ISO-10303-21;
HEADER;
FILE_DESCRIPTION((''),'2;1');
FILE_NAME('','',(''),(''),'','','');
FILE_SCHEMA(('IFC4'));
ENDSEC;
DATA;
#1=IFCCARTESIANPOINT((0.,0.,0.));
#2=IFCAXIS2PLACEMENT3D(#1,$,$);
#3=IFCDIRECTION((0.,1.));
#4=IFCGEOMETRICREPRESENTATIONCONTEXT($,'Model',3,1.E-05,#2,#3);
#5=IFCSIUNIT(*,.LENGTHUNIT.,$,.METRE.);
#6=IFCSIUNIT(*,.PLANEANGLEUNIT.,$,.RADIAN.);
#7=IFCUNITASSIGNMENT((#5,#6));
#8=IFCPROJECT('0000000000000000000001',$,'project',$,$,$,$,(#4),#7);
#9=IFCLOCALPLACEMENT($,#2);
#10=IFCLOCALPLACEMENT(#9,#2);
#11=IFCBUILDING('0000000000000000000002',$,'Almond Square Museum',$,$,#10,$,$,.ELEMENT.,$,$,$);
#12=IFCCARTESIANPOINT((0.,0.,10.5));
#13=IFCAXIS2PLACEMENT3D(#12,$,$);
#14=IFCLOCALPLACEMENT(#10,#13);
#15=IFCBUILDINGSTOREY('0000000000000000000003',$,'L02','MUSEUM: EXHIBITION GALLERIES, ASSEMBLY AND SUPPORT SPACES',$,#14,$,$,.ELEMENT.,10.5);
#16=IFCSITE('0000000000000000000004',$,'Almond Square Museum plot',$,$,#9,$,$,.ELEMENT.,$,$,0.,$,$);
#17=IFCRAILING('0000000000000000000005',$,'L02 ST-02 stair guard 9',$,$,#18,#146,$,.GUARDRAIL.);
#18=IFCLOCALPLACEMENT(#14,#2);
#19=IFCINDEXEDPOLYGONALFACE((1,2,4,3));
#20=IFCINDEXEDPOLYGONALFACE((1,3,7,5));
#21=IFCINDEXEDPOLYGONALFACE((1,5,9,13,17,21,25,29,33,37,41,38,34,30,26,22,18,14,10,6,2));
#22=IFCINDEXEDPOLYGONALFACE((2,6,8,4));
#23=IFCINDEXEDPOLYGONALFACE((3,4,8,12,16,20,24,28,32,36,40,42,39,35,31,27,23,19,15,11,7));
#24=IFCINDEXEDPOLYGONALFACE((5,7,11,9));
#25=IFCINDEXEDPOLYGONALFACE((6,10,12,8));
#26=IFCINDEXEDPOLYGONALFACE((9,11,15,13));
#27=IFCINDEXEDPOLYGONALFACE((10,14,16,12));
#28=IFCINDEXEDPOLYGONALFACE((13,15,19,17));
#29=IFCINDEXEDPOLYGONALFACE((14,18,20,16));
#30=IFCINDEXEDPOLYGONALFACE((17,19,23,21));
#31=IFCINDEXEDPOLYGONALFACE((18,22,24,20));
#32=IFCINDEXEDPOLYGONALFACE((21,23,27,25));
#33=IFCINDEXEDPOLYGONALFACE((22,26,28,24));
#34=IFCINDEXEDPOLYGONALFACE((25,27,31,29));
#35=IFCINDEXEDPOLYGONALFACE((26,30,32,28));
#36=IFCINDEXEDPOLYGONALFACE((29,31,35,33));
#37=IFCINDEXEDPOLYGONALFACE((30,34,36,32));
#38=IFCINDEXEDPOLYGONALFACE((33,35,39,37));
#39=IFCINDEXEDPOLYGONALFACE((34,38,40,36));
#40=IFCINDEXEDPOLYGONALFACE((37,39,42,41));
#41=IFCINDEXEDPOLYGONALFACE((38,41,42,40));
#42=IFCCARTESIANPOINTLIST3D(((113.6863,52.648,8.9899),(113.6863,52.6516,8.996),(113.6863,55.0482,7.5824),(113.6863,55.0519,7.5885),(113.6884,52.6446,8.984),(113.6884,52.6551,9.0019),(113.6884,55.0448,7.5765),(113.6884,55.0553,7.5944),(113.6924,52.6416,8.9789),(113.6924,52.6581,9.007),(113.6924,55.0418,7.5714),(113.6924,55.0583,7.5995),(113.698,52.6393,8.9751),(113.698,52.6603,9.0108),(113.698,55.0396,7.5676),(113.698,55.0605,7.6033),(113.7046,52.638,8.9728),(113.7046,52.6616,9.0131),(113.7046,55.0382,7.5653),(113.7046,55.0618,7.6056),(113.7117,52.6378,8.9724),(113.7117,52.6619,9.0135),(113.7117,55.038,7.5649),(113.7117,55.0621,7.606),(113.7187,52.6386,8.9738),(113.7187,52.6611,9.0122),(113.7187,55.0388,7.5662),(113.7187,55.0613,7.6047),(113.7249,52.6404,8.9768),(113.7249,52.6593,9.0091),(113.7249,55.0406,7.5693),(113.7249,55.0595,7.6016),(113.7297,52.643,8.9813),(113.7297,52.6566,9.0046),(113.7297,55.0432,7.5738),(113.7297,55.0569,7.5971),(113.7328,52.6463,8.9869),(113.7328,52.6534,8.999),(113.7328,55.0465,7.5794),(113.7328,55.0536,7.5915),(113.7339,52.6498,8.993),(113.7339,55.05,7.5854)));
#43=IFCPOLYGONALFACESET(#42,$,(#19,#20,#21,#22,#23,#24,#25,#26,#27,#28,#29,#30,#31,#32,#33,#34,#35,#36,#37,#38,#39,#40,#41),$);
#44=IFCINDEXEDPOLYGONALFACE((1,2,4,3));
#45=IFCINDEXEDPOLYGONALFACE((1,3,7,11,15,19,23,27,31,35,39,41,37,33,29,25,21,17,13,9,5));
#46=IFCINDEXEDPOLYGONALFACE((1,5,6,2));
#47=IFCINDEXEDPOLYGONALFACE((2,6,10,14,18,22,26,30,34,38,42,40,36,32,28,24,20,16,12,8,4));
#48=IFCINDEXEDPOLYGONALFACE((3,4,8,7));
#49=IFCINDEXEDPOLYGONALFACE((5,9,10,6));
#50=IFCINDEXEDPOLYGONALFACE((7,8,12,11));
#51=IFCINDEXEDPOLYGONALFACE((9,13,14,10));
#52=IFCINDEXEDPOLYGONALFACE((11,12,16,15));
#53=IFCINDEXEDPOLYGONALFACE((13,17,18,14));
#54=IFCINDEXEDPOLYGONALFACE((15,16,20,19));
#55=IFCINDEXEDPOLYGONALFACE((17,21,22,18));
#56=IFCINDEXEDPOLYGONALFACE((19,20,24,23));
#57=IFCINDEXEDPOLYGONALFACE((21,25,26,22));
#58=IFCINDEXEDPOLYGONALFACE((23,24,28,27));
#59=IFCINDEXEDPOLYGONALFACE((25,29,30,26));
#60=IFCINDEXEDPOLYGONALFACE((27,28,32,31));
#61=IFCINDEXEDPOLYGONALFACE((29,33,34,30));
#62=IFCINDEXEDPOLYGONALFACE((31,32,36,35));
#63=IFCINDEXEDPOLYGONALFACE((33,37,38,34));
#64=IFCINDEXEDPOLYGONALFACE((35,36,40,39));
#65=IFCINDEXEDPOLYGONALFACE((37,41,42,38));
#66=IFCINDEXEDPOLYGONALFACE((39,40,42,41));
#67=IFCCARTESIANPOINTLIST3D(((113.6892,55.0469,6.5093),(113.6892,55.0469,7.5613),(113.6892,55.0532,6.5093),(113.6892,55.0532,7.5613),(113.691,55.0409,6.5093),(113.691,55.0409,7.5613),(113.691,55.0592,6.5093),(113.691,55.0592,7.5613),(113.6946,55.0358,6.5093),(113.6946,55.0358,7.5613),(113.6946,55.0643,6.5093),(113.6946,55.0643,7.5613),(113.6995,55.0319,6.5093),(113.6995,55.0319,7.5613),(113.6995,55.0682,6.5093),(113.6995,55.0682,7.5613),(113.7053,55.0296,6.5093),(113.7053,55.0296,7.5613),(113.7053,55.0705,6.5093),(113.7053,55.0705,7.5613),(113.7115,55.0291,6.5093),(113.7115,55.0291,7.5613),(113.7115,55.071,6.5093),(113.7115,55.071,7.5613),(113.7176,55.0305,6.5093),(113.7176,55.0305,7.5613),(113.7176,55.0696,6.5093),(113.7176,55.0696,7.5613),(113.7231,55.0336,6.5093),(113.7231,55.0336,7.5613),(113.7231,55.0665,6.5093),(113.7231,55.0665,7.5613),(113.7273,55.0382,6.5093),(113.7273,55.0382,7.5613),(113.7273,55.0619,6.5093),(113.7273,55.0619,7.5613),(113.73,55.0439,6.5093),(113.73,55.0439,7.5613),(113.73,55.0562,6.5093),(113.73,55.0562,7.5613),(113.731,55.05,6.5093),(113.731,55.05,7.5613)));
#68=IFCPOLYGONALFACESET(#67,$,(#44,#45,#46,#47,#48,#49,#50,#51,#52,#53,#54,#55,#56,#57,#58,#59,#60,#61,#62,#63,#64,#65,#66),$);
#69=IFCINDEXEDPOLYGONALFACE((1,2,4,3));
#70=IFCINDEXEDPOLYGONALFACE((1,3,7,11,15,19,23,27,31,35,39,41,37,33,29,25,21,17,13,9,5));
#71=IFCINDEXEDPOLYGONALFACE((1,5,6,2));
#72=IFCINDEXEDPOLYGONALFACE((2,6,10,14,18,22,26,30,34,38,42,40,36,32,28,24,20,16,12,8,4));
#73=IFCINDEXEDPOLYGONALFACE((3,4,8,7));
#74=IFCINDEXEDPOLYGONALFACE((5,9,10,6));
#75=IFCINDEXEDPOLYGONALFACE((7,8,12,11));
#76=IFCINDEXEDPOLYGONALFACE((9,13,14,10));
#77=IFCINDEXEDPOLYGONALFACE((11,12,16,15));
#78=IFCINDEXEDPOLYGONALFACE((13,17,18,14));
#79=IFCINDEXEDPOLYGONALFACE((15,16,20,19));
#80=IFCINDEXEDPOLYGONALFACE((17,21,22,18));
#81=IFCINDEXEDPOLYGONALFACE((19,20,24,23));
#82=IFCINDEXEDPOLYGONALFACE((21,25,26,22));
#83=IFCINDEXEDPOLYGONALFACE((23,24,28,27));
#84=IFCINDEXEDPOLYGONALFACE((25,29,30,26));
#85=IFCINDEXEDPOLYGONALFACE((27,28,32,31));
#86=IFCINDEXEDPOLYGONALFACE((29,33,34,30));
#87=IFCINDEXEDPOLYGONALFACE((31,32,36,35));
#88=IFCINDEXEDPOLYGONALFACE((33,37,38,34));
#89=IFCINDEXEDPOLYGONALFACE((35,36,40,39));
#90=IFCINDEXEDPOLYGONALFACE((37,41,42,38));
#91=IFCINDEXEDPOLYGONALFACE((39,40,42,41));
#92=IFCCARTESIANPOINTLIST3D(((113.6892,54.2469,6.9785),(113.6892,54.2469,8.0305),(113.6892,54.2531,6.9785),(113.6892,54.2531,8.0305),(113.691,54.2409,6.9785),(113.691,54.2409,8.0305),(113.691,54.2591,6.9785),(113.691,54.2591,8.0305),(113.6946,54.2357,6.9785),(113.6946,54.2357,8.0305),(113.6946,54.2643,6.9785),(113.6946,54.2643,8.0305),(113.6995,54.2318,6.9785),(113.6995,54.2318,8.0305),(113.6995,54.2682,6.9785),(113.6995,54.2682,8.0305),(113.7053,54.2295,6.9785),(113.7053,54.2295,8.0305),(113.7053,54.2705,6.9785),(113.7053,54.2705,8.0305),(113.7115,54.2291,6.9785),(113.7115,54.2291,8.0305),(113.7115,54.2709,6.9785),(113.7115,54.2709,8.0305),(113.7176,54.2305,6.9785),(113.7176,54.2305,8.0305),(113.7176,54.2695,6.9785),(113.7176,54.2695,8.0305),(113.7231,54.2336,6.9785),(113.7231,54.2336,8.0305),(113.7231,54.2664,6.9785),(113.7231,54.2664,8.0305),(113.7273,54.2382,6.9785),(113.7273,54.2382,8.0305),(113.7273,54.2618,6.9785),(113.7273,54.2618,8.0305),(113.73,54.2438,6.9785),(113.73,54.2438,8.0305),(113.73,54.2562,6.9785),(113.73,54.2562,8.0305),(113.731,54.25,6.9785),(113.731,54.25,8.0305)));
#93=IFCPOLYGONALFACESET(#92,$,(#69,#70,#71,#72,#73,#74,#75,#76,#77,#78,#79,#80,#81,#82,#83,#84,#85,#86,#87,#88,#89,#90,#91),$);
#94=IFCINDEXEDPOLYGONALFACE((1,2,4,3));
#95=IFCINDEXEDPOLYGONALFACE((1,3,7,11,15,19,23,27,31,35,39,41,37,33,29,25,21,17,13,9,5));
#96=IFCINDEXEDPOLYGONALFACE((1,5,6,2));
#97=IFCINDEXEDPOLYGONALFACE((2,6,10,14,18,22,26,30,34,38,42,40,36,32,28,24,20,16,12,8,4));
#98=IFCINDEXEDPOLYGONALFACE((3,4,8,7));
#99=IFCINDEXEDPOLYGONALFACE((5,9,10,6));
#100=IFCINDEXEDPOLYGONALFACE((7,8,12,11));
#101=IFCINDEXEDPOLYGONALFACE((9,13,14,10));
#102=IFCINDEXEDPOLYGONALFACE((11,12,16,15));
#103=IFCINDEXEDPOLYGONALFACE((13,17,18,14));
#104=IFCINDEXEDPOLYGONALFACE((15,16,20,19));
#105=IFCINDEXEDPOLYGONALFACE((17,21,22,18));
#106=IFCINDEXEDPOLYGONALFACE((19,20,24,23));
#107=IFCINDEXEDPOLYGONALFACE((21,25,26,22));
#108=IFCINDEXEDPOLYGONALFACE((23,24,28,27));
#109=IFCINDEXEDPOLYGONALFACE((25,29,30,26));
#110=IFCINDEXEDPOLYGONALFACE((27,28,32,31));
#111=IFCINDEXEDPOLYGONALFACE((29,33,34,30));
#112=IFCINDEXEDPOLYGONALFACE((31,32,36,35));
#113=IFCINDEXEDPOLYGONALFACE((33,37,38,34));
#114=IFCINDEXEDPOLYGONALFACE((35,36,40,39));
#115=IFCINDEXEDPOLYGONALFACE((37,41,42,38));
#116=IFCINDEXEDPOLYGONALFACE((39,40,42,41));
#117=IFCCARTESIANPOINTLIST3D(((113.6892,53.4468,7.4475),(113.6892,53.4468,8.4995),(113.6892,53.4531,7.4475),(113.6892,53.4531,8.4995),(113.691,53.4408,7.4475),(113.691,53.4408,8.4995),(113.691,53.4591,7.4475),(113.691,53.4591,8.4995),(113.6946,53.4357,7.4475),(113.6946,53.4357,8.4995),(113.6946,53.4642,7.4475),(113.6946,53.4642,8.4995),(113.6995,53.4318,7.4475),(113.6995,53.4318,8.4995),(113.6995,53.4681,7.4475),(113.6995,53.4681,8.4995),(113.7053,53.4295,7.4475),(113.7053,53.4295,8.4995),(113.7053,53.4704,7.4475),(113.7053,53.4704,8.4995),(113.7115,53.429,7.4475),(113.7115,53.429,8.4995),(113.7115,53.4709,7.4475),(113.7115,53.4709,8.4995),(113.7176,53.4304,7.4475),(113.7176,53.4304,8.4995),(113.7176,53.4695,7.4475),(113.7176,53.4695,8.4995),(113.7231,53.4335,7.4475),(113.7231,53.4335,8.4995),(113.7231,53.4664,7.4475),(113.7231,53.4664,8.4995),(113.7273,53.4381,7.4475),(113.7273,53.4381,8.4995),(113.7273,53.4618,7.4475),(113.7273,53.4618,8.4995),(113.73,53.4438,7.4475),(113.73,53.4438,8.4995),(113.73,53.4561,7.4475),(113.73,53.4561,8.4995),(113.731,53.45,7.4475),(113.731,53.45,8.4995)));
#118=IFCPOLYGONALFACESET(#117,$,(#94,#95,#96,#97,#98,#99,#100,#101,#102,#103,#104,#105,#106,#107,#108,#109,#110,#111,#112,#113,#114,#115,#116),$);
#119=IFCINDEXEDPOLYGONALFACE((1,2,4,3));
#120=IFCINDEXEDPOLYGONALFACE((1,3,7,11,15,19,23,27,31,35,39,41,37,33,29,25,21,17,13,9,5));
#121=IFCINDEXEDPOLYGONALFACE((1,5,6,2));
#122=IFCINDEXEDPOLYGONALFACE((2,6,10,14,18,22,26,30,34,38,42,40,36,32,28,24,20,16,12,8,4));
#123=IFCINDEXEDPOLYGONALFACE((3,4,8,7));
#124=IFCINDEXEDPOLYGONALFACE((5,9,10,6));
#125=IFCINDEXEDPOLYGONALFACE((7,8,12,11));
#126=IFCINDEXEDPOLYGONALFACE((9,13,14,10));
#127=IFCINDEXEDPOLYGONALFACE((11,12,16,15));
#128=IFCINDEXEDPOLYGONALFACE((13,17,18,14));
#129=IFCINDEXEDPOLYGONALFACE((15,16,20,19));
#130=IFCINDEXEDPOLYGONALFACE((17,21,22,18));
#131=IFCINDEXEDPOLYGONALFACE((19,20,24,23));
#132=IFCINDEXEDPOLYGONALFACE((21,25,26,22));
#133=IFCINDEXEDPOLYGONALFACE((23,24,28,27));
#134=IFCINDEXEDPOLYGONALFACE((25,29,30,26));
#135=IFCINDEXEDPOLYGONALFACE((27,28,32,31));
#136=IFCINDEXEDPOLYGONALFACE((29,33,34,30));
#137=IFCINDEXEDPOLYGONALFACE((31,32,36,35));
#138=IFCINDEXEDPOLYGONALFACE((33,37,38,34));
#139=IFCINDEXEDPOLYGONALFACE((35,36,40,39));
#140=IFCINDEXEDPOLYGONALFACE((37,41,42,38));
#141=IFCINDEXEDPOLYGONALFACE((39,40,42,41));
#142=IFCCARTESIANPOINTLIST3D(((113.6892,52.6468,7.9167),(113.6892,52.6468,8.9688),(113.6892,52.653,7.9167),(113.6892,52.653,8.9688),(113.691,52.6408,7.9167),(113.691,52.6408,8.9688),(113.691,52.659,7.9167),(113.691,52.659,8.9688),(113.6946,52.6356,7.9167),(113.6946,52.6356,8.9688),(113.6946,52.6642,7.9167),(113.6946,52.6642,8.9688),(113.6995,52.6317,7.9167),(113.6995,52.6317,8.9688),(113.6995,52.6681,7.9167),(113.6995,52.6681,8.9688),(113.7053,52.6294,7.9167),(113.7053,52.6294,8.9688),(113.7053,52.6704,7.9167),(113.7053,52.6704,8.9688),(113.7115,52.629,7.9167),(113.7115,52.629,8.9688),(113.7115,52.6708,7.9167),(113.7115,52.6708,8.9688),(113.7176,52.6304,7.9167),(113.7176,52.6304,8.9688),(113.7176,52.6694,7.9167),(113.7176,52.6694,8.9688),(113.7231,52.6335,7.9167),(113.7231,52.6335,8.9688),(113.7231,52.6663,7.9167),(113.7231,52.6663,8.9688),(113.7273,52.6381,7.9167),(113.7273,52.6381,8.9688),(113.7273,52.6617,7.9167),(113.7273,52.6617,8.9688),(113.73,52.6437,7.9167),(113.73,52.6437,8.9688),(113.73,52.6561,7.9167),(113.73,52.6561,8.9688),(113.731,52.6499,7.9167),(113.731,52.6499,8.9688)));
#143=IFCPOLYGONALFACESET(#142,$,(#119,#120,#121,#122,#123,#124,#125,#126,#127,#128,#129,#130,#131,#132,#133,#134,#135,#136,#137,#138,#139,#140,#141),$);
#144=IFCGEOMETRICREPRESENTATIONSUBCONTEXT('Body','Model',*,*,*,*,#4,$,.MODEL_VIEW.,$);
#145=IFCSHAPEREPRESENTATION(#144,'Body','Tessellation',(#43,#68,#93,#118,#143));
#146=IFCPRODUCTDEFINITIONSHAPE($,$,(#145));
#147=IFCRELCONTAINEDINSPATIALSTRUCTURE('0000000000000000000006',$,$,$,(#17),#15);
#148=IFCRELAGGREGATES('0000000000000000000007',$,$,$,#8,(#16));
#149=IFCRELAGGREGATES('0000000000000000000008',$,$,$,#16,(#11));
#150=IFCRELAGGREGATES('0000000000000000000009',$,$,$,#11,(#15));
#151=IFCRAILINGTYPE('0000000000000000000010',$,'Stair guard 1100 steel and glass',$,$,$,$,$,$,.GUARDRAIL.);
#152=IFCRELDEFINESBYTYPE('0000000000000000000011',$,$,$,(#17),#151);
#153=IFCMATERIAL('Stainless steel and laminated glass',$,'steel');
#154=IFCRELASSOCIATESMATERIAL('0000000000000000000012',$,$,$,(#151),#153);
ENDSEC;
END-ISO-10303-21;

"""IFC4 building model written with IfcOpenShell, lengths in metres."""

from ifc_helpers import new_model, si_unit, direction, frame, origin, origin_2d, place, context, subcontext, project, spatial, circle, extrude, material, type_object, element, save


model = new_model("IFC4")

# Units and contexts
model_context = context("Model", 3, precision=1e-05, world=origin(), true_north=direction((0.0, 1.0)))
body_context = subcontext(model_context, "Body", "Model", "MODEL_VIEW")
ifc_project = project(units=[si_unit("LENGTHUNIT", "METRE"), si_unit("PLANEANGLEUNIT", "RADIAN")], contexts=[model_context])

# Site, building, storey
site_placement = place(None, origin())
site = spatial("IfcSite", under=ifc_project, at=site_placement, Name="Almond Square Museum plot", CompositionType="ELEMENT", RefElevation=0.0)
building_placement = place(site_placement, origin())
building = spatial("IfcBuilding", under=site, at=building_placement, Name="Almond Square Museum", CompositionType="ELEMENT")
storey_placement = place(building_placement, frame((0.0, 0.0, 10.5)))
storey = spatial("IfcBuildingStorey", under=building, at=storey_placement, Name="L02", Description="MUSEUM: EXHIBITION GALLERIES, ASSEMBLY AND SUPPORT SPACES", CompositionType="ELEMENT", Elevation=10.5)

# Railing
ifc_material_1 = material(Name="Stainless steel and laminated glass", Category="steel")
railing_type_1 = type_object("IfcRailingType", Name="Stair guard 1100 steel and glass", PredefinedType="GUARDRAIL", material=ifc_material_1)
railing_1_placement = place(storey_placement, frame((113.71, 55.05, 6.5093)))
element("IfcRailing", 1, at=railing_1_placement, inside=storey, type_object=railing_type_1, Name="L02 ST-02 stair guard 9", PredefinedType="GUARDRAIL", context=body_context, shape_type="SweptSolid", body=[
    extrude(circle(Radius=0.0239, at=origin_2d()), frame((0.0, 0.0, 1.0762), z_axis=(0.0, -0.862621, 0.50585), x_axis=(1.0, 0.0, 0.0)), (0.0, 0.0, 1.0), 2.7825),
    extrude(circle(Radius=0.021, at=origin_2d()), origin(), (0.0, 0.0, 1.0), 1.052),
    extrude(circle(Radius=0.021, at=origin_2d()), frame((0.0, -0.8, 0.4692)), (0.0, 0.0, 1.0), 1.052),
    extrude(circle(Radius=0.021, at=origin_2d()), frame((0.0, -1.6001, 0.9382)), (0.0, 0.0, 1.0), 1.052),
    extrude(circle(Radius=0.021, at=origin_2d()), frame((0.0, -2.4001, 1.4075)), (0.0, 0.0, 1.0), 1.052),
])

save(model, "model.ifc")
